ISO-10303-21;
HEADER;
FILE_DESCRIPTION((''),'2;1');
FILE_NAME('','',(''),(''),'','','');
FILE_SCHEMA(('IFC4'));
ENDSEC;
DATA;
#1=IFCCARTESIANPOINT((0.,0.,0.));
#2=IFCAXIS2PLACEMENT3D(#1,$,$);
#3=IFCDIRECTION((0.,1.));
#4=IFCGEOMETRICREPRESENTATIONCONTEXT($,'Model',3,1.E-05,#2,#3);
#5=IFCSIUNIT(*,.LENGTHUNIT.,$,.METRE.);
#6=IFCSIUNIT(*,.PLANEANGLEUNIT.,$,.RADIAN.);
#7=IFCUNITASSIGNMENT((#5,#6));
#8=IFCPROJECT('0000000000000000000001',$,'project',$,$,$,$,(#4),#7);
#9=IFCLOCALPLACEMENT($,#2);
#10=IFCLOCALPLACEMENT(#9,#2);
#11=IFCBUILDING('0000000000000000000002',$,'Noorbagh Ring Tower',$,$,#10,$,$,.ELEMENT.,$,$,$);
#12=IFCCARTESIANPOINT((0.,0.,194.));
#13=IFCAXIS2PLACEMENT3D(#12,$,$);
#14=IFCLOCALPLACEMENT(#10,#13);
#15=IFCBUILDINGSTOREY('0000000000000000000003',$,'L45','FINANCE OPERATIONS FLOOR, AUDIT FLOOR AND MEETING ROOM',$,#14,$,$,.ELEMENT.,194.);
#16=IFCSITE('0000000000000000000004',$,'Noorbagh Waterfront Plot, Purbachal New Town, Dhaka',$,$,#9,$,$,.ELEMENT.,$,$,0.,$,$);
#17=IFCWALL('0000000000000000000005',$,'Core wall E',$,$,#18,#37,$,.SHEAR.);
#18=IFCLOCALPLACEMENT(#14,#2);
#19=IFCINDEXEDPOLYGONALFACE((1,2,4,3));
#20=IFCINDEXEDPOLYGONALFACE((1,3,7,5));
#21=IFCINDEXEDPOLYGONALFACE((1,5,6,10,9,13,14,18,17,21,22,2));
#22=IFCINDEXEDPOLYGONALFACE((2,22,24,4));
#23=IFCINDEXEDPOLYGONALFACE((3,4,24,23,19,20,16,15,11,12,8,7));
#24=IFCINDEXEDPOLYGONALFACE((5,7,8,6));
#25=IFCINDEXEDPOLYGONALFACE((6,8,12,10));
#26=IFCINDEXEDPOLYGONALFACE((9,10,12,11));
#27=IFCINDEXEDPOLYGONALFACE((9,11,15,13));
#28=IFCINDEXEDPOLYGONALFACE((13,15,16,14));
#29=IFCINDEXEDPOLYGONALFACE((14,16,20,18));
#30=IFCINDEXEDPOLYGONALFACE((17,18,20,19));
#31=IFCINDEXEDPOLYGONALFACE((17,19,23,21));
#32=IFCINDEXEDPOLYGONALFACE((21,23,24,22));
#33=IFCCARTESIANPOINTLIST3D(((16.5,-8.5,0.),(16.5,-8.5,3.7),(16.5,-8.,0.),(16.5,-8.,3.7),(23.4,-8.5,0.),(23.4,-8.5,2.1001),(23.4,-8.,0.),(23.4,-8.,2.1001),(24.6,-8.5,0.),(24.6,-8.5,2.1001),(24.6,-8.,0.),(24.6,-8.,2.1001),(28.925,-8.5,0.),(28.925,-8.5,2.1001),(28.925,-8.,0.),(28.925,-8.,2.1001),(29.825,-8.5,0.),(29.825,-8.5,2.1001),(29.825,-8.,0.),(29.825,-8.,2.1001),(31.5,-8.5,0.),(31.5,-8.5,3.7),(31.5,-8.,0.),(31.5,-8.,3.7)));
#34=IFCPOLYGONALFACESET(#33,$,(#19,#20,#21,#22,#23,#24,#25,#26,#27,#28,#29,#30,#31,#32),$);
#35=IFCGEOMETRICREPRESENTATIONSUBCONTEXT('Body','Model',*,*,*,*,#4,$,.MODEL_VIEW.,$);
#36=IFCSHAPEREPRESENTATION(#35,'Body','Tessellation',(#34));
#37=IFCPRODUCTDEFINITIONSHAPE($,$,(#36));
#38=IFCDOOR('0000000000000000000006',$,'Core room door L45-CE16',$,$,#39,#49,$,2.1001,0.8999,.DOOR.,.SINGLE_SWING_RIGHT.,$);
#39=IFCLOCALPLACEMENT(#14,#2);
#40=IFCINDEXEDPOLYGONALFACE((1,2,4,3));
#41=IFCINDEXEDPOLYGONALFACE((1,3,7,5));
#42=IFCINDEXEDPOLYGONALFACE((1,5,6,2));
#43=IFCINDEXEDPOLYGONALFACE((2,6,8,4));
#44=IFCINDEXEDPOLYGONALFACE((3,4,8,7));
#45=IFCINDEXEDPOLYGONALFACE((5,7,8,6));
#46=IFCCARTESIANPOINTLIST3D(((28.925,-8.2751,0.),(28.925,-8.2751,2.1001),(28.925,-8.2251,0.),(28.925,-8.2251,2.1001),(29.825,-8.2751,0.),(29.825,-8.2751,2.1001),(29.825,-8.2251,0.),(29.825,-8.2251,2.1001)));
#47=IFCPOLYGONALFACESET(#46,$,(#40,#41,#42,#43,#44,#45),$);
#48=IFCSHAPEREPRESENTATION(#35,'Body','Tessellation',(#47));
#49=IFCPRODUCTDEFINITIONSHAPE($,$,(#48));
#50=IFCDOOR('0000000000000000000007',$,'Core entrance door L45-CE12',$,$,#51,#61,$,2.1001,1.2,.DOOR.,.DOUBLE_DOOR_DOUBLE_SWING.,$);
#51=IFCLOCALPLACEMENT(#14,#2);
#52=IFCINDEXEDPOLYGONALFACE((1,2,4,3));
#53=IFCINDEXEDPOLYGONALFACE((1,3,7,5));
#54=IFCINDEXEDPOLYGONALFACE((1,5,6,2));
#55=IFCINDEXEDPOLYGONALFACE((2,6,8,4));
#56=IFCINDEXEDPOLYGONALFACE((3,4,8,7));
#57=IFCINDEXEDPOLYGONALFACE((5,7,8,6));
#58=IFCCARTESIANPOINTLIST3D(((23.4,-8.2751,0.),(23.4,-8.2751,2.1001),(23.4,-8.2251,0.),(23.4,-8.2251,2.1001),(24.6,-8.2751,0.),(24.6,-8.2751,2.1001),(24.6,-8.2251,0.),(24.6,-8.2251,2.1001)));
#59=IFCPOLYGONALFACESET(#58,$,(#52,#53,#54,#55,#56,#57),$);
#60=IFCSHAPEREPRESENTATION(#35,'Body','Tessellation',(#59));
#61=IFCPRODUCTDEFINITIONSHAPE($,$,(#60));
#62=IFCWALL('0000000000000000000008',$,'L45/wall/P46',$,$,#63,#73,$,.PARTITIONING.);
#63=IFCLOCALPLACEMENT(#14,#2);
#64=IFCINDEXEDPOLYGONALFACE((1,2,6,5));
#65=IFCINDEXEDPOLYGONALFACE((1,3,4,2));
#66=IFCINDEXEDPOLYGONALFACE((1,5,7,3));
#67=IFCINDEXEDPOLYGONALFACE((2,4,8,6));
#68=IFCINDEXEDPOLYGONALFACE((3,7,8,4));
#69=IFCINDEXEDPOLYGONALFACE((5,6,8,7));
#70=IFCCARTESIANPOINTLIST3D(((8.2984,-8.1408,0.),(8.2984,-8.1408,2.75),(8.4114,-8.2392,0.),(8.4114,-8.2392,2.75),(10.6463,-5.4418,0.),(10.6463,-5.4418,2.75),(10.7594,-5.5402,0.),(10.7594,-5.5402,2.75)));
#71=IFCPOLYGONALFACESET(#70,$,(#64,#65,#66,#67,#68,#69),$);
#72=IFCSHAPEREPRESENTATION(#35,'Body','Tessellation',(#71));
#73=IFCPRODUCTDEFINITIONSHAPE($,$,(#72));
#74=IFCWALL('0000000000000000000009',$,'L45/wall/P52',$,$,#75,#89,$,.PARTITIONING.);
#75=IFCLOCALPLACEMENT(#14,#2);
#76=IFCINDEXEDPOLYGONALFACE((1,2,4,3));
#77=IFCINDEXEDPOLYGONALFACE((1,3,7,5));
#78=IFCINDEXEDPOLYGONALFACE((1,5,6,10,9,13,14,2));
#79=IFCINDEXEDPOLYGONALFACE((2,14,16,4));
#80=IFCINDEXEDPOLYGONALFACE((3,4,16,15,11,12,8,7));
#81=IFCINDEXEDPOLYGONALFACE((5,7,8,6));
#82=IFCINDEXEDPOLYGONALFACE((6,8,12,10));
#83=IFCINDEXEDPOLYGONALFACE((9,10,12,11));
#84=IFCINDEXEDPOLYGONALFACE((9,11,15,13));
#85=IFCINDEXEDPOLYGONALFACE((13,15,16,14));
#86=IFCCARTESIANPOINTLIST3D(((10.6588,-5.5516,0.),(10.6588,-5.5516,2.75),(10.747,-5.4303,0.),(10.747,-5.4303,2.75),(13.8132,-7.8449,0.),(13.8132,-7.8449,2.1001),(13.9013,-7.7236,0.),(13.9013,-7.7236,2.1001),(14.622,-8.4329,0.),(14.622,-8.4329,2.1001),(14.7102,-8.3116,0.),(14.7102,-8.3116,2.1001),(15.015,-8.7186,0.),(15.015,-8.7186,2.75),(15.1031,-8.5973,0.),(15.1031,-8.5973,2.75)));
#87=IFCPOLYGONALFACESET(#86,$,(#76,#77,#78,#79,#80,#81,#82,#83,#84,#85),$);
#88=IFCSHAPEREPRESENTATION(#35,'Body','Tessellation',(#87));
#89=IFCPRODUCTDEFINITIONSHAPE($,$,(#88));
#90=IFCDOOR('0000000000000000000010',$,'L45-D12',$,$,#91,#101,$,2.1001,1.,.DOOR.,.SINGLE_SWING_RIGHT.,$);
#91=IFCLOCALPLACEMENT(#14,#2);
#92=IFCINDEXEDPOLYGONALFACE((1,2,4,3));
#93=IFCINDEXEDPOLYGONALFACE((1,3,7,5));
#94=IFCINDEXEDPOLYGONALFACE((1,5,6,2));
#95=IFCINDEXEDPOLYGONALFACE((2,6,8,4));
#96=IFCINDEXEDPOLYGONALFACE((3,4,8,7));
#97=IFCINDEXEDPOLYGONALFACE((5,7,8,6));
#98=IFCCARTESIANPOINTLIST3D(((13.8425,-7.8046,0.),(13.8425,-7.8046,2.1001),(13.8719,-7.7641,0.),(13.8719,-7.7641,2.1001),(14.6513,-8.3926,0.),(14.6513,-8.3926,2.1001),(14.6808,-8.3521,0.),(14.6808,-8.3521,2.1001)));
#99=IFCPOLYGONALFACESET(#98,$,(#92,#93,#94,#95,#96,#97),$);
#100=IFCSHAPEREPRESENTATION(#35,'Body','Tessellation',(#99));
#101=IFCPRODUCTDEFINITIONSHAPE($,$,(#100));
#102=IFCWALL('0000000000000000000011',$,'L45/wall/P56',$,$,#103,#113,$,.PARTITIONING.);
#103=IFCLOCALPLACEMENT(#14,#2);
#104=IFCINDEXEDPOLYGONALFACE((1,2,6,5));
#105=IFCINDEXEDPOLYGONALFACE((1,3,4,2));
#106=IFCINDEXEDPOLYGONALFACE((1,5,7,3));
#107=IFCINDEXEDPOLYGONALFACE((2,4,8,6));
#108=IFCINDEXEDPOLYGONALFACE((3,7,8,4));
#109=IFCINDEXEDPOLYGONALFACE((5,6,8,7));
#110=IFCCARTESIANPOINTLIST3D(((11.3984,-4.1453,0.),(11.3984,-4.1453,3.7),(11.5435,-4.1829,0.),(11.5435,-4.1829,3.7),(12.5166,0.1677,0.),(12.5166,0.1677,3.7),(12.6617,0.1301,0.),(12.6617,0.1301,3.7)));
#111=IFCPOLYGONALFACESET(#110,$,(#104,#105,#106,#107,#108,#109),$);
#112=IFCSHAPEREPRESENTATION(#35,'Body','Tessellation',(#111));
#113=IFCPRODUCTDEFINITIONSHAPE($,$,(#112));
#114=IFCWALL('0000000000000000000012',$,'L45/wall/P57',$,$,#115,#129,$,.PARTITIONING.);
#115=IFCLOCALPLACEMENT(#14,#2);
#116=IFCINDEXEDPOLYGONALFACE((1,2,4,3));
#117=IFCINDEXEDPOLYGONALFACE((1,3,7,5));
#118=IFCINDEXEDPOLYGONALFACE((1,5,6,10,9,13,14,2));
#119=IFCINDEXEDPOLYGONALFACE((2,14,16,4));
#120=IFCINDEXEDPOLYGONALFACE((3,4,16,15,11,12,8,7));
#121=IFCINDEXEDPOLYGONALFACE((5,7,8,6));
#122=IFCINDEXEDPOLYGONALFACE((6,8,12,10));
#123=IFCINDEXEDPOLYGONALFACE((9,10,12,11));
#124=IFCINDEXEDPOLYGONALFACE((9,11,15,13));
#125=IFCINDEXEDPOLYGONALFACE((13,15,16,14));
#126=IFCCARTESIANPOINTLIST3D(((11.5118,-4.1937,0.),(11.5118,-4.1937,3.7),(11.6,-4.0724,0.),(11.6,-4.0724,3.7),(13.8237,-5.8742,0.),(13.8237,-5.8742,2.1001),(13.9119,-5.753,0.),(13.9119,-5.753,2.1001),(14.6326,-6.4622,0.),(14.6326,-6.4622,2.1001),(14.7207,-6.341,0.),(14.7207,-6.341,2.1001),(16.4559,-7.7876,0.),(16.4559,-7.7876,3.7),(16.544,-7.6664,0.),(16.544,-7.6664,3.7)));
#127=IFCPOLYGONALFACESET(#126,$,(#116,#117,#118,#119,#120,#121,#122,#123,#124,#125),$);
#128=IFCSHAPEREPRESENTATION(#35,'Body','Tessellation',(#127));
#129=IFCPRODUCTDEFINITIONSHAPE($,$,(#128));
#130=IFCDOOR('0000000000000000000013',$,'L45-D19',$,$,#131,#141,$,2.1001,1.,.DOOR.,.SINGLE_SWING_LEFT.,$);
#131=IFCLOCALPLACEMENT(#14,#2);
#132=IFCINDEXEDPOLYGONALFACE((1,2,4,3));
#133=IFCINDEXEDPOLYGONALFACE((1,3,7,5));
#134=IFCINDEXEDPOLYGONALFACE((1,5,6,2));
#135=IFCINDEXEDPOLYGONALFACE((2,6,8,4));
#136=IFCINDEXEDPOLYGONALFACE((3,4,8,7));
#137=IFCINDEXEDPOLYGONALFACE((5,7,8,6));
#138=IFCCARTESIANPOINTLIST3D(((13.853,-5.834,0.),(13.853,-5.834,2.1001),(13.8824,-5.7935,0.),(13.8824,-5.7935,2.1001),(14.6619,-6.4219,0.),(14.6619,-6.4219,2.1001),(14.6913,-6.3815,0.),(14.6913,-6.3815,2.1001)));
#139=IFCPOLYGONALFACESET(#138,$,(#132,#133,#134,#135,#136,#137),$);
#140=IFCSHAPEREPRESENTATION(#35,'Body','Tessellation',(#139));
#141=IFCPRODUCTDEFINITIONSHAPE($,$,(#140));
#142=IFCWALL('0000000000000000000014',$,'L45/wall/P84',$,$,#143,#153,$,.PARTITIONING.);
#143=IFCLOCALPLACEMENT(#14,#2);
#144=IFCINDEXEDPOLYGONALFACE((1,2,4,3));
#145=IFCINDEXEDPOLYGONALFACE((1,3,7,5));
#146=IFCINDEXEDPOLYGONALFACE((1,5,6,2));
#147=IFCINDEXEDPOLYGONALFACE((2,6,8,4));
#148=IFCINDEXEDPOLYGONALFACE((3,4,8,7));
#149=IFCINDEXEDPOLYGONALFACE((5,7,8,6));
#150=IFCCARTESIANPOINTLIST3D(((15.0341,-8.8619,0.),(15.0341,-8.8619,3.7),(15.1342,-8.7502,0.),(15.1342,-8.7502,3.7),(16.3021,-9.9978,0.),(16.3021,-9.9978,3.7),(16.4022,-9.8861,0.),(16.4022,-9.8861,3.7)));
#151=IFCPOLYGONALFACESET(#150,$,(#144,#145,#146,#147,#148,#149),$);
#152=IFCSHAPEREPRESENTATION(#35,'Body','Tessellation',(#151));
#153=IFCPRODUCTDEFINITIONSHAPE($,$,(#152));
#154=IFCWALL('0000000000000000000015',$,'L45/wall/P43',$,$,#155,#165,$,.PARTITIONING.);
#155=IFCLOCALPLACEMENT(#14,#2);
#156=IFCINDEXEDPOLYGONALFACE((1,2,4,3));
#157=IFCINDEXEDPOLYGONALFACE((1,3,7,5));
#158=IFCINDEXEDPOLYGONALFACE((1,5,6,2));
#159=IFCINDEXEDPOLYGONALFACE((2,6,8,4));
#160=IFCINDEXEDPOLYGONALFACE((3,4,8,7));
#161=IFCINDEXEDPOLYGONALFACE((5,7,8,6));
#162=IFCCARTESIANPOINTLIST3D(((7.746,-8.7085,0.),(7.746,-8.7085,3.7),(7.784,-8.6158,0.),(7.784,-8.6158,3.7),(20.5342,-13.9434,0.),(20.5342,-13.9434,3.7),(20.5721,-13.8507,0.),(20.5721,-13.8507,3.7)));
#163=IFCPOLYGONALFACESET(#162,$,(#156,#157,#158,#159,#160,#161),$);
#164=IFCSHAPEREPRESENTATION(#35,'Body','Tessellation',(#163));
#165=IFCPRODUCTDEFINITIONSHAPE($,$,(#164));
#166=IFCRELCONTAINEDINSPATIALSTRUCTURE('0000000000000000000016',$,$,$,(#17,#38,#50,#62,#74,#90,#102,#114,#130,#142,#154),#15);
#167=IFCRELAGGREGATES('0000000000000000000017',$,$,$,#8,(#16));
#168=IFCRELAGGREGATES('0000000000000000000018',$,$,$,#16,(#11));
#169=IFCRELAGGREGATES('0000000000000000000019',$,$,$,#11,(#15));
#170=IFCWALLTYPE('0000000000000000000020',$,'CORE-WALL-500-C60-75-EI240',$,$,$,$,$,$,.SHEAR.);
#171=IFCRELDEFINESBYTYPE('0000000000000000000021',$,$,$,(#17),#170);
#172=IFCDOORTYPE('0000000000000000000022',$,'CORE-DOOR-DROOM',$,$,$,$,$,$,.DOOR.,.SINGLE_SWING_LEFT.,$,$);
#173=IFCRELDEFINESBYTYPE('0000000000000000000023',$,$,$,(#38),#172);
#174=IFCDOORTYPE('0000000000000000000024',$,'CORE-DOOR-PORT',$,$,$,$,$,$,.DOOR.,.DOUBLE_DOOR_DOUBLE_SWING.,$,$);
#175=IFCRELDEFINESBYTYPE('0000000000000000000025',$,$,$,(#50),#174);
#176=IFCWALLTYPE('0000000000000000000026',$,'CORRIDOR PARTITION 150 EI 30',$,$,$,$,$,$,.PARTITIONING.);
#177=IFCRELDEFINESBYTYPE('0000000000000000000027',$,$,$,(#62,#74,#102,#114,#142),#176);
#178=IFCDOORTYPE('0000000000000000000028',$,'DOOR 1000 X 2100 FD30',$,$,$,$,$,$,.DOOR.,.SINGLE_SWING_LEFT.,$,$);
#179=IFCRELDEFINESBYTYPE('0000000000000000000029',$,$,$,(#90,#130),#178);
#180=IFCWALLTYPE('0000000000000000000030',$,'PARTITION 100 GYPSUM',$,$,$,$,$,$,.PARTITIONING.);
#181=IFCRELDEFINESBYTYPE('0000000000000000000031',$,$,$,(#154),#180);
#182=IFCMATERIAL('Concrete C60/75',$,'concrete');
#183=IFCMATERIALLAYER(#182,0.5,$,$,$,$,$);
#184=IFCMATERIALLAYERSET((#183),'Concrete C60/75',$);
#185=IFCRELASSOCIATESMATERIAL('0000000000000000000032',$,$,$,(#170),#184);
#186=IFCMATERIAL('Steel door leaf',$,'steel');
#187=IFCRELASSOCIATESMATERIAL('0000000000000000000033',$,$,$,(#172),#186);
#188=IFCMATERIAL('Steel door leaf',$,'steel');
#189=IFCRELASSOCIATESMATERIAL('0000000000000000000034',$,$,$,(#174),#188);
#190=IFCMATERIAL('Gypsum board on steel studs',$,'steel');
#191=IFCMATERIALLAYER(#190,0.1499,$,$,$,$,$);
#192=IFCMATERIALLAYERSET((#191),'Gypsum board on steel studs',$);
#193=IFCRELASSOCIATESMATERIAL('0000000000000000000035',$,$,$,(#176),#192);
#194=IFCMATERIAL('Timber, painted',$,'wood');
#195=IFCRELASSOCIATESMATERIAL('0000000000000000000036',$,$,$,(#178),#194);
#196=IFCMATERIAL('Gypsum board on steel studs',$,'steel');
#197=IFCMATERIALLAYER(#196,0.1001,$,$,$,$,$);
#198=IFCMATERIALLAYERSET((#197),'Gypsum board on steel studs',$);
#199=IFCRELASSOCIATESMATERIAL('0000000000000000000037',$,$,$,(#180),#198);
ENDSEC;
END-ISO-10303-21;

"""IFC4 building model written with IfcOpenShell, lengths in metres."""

from ifc_helpers import new_model, si_unit, direction, frame, frame_2d, origin, place, context, subcontext, project, spatial, rectangle, extrude, material, layer, layer_set, type_object, element, fill, save


model = new_model("IFC4")

# Units and contexts
model_context = context("Model", 3, precision=1e-05, world=origin(), true_north=direction((0.0, 1.0)))
body_context = subcontext(model_context, "Body", "Model", "MODEL_VIEW")
ifc_project = project(units=[si_unit("LENGTHUNIT", "METRE"), si_unit("PLANEANGLEUNIT", "RADIAN")], contexts=[model_context])

# Site, building, storey
site_placement = place(None, origin())
site = spatial("IfcSite", under=ifc_project, at=site_placement, Name="Noorbagh Waterfront Plot, Purbachal New Town, Dhaka", CompositionType="ELEMENT", RefElevation=0.0)
building_placement = place(site_placement, origin())
building = spatial("IfcBuilding", under=site, at=building_placement, Name="Noorbagh Ring Tower", CompositionType="ELEMENT")
storey_placement = place(building_placement, frame((0.0, 0.0, 194.0)))
storey = spatial("IfcBuildingStorey", under=building, at=storey_placement, Name="L45", Description="FINANCE OPERATIONS FLOOR, AUDIT FLOOR AND MEETING ROOM", CompositionType="ELEMENT", Elevation=194.0)

# Wall, openings, doors
ifc_material_1 = material(Name="Concrete C60/75", Category="concrete")
ifc_layer_1 = layer(ifc_material_1, 0.5)
ifc_layer_set_1 = layer_set([ifc_layer_1], Name="Concrete C60/75")
wall_type_1 = type_object("IfcWallType", Name="CORE-WALL-500-C60-75-EI240", PredefinedType="SHEAR", material=ifc_layer_set_1)
wall_1_placement = place(storey_placement, frame((16.5, -8.25, 0.0), z_axis=(0.0, 0.0, 1.0), x_axis=(1.0, 0.0, 0.0)))
wall_1 = element("IfcWall", 1, at=wall_1_placement, inside=storey, type_object=wall_type_1, Name="Core wall E", PredefinedType="SHEAR", context=body_context, shape_type="SweptSolid", body=[
    extrude(rectangle(XDim=15.0, YDim=0.5, at=frame_2d((7.5, 0.0))), origin(), (0.0, 0.0, 1.0), 3.7),
])
opening_1_placement = place(wall_1_placement, frame((6.8999, 0.0, 0.0)))
opening_1 = element("IfcOpeningElement", 2, at=opening_1_placement, cuts=wall_1, PredefinedType="OPENING", context=body_context, shape_type="SweptSolid", body=[
    extrude(rectangle(XDim=1.2, YDim=2.1001, at=frame_2d((0.6001, 1.05))), frame((0.0, 0.26, 0.0), z_axis=(0.0, -1.0, 0.0), x_axis=(1.0, 0.0, 0.0)), (0.0, 0.0, 1.0), 0.52),
])
opening_2_placement = place(wall_1_placement, frame((12.425, 0.0, 0.0)))
opening_2 = element("IfcOpeningElement", 3, at=opening_2_placement, cuts=wall_1, PredefinedType="OPENING", context=body_context, shape_type="SweptSolid", body=[
    extrude(rectangle(XDim=0.8999, YDim=2.1001, at=frame_2d((0.45, 1.05))), frame((0.0, 0.26, 0.0), z_axis=(0.0, -1.0, 0.0), x_axis=(1.0, 0.0, 0.0)), (0.0, 0.0, 1.0), 0.52),
])
ifc_material_2 = material(Name="Steel door leaf", Category="steel")
door_type_1 = type_object("IfcDoorType", Name="CORE-DOOR-DROOM", OperationType="SINGLE_SWING_LEFT", PredefinedType="DOOR", material=ifc_material_2)
door_1_placement = place(opening_2_placement, origin())
door_1 = element("IfcDoor", 4, at=door_1_placement, inside=storey, type_object=door_type_1, Name="Core room door L45-CE16", OperationType="SINGLE_SWING_RIGHT", OverallHeight=2.1001, OverallWidth=0.8999, PredefinedType="DOOR", context=body_context, shape_type="SweptSolid", body=[
    extrude(rectangle(XDim=0.8999, YDim=2.1001, at=frame_2d((0.45, 1.05))), frame((0.0, 0.0249, 0.0), z_axis=(0.0, -1.0, 0.0), x_axis=(1.0, 0.0, 0.0)), (0.0, 0.0, 1.0), 0.05),
])
fill(opening_2, door_1)
ifc_material_3 = material(Name="Steel door leaf", Category="steel")
door_type_2 = type_object("IfcDoorType", Name="CORE-DOOR-PORT", OperationType="DOUBLE_DOOR_DOUBLE_SWING", PredefinedType="DOOR", material=ifc_material_3)
door_2_placement = place(opening_1_placement, origin())
door_2 = element("IfcDoor", 5, at=door_2_placement, inside=storey, type_object=door_type_2, Name="Core entrance door L45-CE12", OperationType="DOUBLE_DOOR_DOUBLE_SWING", OverallHeight=2.1001, OverallWidth=1.2, PredefinedType="DOOR", context=body_context, shape_type="SweptSolid", body=[
    extrude(rectangle(XDim=1.2, YDim=2.1001, at=frame_2d((0.6001, 1.05))), frame((0.0, 0.0249, 0.0), z_axis=(0.0, -1.0, 0.0), x_axis=(1.0, 0.0, 0.0)), (0.0, 0.0, 1.0), 0.05),
])
fill(opening_1, door_2)

# Wall
ifc_material_4 = material(Name="Gypsum board on steel studs", Category="steel")
ifc_layer_2 = layer(ifc_material_4, 0.1499)
ifc_layer_set_2 = layer_set([ifc_layer_2], Name="Gypsum board on steel studs")
wall_type_2 = type_object("IfcWallType", Name="CORRIDOR PARTITION 150 EI 30", PredefinedType="PARTITIONING", material=ifc_layer_set_2)
wall_2_placement = place(storey_placement, frame((8.355, -8.1899, 0.0), z_axis=(0.0, 0.0, 1.0), x_axis=(0.656332, 0.754472, 0.0)))
element("IfcWall", 6, at=wall_2_placement, inside=storey, type_object=wall_type_2, Name="L45/wall/P46", PredefinedType="PARTITIONING", context=body_context, shape_type="SweptSolid", body=[
    extrude(rectangle(XDim=3.5774, YDim=0.1499, at=frame_2d((1.7886, 0.0))), origin(), (0.0, 0.0, 1.0), 2.75),
])

# Wall, opening, door
wall_3_placement = place(storey_placement, frame((10.7029, -5.491, 0.0), z_axis=(0.0, 0.0, 1.0), x_axis=(0.808838, -0.588032, 0.0)))
wall_3 = element("IfcWall", 7, at=wall_3_placement, inside=storey, type_object=wall_type_2, Name="L45/wall/P52", PredefinedType="PARTITIONING", context=body_context, shape_type="SweptSolid", body=[
    extrude(rectangle(XDim=5.3857, YDim=0.1499, at=frame_2d((2.6929, 0.0))), origin(), (0.0, 0.0, 1.0), 2.75),
])
opening_3_placement = place(wall_3_placement, frame((3.8999, 0.0, 0.0)))
opening_3 = element("IfcOpeningElement", 8, at=opening_3_placement, cuts=wall_3, PredefinedType="OPENING", context=body_context, shape_type="SweptSolid", body=[
    extrude(rectangle(XDim=1.0, YDim=2.1001, at=frame_2d((0.5, 1.05))), frame((0.0, 0.085, 0.0), z_axis=(0.0, -1.0, 0.0), x_axis=(1.0, 0.0, 0.0)), (0.0, 0.0, 1.0), 0.1699),
])
ifc_material_5 = material(Name="Timber, painted", Category="wood")
door_type_3 = type_object("IfcDoorType", Name="DOOR 1000 X 2100 FD30", OperationType="SINGLE_SWING_LEFT", PredefinedType="DOOR", material=ifc_material_5)
door_3_placement = place(opening_3_placement, origin())
door_3 = element("IfcDoor", 9, at=door_3_placement, inside=storey, type_object=door_type_3, Name="L45-D12", OperationType="SINGLE_SWING_RIGHT", OverallHeight=2.1001, OverallWidth=1.0, PredefinedType="DOOR", context=body_context, shape_type="SweptSolid", body=[
    extrude(rectangle(XDim=1.0, YDim=2.1001, at=frame_2d((0.5, 1.05))), frame((0.0, 0.0249, 0.0), z_axis=(0.0, -1.0, 0.0), x_axis=(1.0, 0.0, 0.0)), (0.0, 0.0, 1.0), 0.05),
])
fill(opening_3, door_3)

# Wall
wall_4_placement = place(storey_placement, frame((11.4709, -4.1641, 0.0), z_axis=(0.0, 0.0, 1.0), x_axis=(0.250958, 0.967998, 0.0)))
element("IfcWall", 10, at=wall_4_placement, inside=storey, type_object=wall_type_2, Name="L45/wall/P56", PredefinedType="PARTITIONING", context=body_context, shape_type="SweptSolid", body=[
    extrude(rectangle(XDim=4.4556, YDim=0.1499, at=frame_2d((2.2278, 0.0))), origin(), (0.0, 0.0, 1.0), 3.7),
])

# Wall, opening, door
wall_5_placement = place(storey_placement, frame((11.5559, -4.1331, 0.0), z_axis=(0.0, 0.0, 1.0), x_axis=(0.808869, -0.587989, 0.0)))
wall_5 = element("IfcWall", 11, at=wall_5_placement, inside=storey, type_object=wall_type_2, Name="L45/wall/P57", PredefinedType="PARTITIONING", context=body_context, shape_type="SweptSolid", body=[
    extrude(rectangle(XDim=6.1123, YDim=0.1499, at=frame_2d((3.0562, 0.0))), origin(), (0.0, 0.0, 1.0), 3.7),
])
opening_4_placement = place(wall_5_placement, frame((2.8582, 0.0, 0.0)))
opening_4 = element("IfcOpeningElement", 12, at=opening_4_placement, cuts=wall_5, PredefinedType="OPENING", context=body_context, shape_type="SweptSolid", body=[
    extrude(rectangle(XDim=1.0, YDim=2.1001, at=frame_2d((0.5, 1.05))), frame((0.0, 0.085, 0.0), z_axis=(0.0, -1.0, 0.0), x_axis=(1.0, 0.0, 0.0)), (0.0, 0.0, 1.0), 0.1699),
])
door_4_placement = place(opening_4_placement, origin())
door_4 = element("IfcDoor", 13, at=door_4_placement, inside=storey, type_object=door_type_3, Name="L45-D19", OperationType="SINGLE_SWING_LEFT", OverallHeight=2.1001, OverallWidth=1.0, PredefinedType="DOOR", context=body_context, shape_type="SweptSolid", body=[
    extrude(rectangle(XDim=1.0, YDim=2.1001, at=frame_2d((0.5, 1.05))), frame((0.0, 0.0249, 0.0), z_axis=(0.0, -1.0, 0.0), x_axis=(1.0, 0.0, 0.0)), (0.0, 0.0, 1.0), 0.05),
])
fill(opening_4, door_4)

# Walls
wall_6_placement = place(storey_placement, frame((16.3521, -9.9419, 0.0), z_axis=(0.0, 0.0, 1.0), x_axis=(-0.744832, 0.667252, 0.0)))
element("IfcWall", 14, at=wall_6_placement, inside=storey, type_object=wall_type_2, Name="L45/wall/P84", PredefinedType="PARTITIONING", context=body_context, shape_type="SweptSolid", body=[
    extrude(rectangle(XDim=1.7024, YDim=0.1499, at=frame_2d((0.8511, 0.0))), origin(), (0.0, 0.0, 1.0), 3.7),
])
ifc_material_6 = material(Name="Gypsum board on steel studs", Category="steel")
ifc_layer_3 = layer(ifc_material_6, 0.1001)
ifc_layer_set_3 = layer_set([ifc_layer_3], Name="Gypsum board on steel studs")
wall_type_3 = type_object("IfcWallType", Name="PARTITION 100 GYPSUM", PredefinedType="PARTITIONING", material=ifc_layer_set_3)
wall_7_placement = place(storey_placement, frame((7.7649, -8.6621, 0.0), z_axis=(0.0, 0.0, 1.0), x_axis=(0.925461, -0.378842, 0.0)))
element("IfcWall", 15, at=wall_7_placement, inside=storey, type_object=wall_type_3, Name="L45/wall/P43", PredefinedType="PARTITIONING", context=body_context, shape_type="SweptSolid", body=[
    extrude(rectangle(XDim=13.8181, YDim=0.1001, at=frame_2d((6.9092, 0.0))), origin(), (0.0, 0.0, 1.0), 3.7),
])

save(model, "model.ifc")
